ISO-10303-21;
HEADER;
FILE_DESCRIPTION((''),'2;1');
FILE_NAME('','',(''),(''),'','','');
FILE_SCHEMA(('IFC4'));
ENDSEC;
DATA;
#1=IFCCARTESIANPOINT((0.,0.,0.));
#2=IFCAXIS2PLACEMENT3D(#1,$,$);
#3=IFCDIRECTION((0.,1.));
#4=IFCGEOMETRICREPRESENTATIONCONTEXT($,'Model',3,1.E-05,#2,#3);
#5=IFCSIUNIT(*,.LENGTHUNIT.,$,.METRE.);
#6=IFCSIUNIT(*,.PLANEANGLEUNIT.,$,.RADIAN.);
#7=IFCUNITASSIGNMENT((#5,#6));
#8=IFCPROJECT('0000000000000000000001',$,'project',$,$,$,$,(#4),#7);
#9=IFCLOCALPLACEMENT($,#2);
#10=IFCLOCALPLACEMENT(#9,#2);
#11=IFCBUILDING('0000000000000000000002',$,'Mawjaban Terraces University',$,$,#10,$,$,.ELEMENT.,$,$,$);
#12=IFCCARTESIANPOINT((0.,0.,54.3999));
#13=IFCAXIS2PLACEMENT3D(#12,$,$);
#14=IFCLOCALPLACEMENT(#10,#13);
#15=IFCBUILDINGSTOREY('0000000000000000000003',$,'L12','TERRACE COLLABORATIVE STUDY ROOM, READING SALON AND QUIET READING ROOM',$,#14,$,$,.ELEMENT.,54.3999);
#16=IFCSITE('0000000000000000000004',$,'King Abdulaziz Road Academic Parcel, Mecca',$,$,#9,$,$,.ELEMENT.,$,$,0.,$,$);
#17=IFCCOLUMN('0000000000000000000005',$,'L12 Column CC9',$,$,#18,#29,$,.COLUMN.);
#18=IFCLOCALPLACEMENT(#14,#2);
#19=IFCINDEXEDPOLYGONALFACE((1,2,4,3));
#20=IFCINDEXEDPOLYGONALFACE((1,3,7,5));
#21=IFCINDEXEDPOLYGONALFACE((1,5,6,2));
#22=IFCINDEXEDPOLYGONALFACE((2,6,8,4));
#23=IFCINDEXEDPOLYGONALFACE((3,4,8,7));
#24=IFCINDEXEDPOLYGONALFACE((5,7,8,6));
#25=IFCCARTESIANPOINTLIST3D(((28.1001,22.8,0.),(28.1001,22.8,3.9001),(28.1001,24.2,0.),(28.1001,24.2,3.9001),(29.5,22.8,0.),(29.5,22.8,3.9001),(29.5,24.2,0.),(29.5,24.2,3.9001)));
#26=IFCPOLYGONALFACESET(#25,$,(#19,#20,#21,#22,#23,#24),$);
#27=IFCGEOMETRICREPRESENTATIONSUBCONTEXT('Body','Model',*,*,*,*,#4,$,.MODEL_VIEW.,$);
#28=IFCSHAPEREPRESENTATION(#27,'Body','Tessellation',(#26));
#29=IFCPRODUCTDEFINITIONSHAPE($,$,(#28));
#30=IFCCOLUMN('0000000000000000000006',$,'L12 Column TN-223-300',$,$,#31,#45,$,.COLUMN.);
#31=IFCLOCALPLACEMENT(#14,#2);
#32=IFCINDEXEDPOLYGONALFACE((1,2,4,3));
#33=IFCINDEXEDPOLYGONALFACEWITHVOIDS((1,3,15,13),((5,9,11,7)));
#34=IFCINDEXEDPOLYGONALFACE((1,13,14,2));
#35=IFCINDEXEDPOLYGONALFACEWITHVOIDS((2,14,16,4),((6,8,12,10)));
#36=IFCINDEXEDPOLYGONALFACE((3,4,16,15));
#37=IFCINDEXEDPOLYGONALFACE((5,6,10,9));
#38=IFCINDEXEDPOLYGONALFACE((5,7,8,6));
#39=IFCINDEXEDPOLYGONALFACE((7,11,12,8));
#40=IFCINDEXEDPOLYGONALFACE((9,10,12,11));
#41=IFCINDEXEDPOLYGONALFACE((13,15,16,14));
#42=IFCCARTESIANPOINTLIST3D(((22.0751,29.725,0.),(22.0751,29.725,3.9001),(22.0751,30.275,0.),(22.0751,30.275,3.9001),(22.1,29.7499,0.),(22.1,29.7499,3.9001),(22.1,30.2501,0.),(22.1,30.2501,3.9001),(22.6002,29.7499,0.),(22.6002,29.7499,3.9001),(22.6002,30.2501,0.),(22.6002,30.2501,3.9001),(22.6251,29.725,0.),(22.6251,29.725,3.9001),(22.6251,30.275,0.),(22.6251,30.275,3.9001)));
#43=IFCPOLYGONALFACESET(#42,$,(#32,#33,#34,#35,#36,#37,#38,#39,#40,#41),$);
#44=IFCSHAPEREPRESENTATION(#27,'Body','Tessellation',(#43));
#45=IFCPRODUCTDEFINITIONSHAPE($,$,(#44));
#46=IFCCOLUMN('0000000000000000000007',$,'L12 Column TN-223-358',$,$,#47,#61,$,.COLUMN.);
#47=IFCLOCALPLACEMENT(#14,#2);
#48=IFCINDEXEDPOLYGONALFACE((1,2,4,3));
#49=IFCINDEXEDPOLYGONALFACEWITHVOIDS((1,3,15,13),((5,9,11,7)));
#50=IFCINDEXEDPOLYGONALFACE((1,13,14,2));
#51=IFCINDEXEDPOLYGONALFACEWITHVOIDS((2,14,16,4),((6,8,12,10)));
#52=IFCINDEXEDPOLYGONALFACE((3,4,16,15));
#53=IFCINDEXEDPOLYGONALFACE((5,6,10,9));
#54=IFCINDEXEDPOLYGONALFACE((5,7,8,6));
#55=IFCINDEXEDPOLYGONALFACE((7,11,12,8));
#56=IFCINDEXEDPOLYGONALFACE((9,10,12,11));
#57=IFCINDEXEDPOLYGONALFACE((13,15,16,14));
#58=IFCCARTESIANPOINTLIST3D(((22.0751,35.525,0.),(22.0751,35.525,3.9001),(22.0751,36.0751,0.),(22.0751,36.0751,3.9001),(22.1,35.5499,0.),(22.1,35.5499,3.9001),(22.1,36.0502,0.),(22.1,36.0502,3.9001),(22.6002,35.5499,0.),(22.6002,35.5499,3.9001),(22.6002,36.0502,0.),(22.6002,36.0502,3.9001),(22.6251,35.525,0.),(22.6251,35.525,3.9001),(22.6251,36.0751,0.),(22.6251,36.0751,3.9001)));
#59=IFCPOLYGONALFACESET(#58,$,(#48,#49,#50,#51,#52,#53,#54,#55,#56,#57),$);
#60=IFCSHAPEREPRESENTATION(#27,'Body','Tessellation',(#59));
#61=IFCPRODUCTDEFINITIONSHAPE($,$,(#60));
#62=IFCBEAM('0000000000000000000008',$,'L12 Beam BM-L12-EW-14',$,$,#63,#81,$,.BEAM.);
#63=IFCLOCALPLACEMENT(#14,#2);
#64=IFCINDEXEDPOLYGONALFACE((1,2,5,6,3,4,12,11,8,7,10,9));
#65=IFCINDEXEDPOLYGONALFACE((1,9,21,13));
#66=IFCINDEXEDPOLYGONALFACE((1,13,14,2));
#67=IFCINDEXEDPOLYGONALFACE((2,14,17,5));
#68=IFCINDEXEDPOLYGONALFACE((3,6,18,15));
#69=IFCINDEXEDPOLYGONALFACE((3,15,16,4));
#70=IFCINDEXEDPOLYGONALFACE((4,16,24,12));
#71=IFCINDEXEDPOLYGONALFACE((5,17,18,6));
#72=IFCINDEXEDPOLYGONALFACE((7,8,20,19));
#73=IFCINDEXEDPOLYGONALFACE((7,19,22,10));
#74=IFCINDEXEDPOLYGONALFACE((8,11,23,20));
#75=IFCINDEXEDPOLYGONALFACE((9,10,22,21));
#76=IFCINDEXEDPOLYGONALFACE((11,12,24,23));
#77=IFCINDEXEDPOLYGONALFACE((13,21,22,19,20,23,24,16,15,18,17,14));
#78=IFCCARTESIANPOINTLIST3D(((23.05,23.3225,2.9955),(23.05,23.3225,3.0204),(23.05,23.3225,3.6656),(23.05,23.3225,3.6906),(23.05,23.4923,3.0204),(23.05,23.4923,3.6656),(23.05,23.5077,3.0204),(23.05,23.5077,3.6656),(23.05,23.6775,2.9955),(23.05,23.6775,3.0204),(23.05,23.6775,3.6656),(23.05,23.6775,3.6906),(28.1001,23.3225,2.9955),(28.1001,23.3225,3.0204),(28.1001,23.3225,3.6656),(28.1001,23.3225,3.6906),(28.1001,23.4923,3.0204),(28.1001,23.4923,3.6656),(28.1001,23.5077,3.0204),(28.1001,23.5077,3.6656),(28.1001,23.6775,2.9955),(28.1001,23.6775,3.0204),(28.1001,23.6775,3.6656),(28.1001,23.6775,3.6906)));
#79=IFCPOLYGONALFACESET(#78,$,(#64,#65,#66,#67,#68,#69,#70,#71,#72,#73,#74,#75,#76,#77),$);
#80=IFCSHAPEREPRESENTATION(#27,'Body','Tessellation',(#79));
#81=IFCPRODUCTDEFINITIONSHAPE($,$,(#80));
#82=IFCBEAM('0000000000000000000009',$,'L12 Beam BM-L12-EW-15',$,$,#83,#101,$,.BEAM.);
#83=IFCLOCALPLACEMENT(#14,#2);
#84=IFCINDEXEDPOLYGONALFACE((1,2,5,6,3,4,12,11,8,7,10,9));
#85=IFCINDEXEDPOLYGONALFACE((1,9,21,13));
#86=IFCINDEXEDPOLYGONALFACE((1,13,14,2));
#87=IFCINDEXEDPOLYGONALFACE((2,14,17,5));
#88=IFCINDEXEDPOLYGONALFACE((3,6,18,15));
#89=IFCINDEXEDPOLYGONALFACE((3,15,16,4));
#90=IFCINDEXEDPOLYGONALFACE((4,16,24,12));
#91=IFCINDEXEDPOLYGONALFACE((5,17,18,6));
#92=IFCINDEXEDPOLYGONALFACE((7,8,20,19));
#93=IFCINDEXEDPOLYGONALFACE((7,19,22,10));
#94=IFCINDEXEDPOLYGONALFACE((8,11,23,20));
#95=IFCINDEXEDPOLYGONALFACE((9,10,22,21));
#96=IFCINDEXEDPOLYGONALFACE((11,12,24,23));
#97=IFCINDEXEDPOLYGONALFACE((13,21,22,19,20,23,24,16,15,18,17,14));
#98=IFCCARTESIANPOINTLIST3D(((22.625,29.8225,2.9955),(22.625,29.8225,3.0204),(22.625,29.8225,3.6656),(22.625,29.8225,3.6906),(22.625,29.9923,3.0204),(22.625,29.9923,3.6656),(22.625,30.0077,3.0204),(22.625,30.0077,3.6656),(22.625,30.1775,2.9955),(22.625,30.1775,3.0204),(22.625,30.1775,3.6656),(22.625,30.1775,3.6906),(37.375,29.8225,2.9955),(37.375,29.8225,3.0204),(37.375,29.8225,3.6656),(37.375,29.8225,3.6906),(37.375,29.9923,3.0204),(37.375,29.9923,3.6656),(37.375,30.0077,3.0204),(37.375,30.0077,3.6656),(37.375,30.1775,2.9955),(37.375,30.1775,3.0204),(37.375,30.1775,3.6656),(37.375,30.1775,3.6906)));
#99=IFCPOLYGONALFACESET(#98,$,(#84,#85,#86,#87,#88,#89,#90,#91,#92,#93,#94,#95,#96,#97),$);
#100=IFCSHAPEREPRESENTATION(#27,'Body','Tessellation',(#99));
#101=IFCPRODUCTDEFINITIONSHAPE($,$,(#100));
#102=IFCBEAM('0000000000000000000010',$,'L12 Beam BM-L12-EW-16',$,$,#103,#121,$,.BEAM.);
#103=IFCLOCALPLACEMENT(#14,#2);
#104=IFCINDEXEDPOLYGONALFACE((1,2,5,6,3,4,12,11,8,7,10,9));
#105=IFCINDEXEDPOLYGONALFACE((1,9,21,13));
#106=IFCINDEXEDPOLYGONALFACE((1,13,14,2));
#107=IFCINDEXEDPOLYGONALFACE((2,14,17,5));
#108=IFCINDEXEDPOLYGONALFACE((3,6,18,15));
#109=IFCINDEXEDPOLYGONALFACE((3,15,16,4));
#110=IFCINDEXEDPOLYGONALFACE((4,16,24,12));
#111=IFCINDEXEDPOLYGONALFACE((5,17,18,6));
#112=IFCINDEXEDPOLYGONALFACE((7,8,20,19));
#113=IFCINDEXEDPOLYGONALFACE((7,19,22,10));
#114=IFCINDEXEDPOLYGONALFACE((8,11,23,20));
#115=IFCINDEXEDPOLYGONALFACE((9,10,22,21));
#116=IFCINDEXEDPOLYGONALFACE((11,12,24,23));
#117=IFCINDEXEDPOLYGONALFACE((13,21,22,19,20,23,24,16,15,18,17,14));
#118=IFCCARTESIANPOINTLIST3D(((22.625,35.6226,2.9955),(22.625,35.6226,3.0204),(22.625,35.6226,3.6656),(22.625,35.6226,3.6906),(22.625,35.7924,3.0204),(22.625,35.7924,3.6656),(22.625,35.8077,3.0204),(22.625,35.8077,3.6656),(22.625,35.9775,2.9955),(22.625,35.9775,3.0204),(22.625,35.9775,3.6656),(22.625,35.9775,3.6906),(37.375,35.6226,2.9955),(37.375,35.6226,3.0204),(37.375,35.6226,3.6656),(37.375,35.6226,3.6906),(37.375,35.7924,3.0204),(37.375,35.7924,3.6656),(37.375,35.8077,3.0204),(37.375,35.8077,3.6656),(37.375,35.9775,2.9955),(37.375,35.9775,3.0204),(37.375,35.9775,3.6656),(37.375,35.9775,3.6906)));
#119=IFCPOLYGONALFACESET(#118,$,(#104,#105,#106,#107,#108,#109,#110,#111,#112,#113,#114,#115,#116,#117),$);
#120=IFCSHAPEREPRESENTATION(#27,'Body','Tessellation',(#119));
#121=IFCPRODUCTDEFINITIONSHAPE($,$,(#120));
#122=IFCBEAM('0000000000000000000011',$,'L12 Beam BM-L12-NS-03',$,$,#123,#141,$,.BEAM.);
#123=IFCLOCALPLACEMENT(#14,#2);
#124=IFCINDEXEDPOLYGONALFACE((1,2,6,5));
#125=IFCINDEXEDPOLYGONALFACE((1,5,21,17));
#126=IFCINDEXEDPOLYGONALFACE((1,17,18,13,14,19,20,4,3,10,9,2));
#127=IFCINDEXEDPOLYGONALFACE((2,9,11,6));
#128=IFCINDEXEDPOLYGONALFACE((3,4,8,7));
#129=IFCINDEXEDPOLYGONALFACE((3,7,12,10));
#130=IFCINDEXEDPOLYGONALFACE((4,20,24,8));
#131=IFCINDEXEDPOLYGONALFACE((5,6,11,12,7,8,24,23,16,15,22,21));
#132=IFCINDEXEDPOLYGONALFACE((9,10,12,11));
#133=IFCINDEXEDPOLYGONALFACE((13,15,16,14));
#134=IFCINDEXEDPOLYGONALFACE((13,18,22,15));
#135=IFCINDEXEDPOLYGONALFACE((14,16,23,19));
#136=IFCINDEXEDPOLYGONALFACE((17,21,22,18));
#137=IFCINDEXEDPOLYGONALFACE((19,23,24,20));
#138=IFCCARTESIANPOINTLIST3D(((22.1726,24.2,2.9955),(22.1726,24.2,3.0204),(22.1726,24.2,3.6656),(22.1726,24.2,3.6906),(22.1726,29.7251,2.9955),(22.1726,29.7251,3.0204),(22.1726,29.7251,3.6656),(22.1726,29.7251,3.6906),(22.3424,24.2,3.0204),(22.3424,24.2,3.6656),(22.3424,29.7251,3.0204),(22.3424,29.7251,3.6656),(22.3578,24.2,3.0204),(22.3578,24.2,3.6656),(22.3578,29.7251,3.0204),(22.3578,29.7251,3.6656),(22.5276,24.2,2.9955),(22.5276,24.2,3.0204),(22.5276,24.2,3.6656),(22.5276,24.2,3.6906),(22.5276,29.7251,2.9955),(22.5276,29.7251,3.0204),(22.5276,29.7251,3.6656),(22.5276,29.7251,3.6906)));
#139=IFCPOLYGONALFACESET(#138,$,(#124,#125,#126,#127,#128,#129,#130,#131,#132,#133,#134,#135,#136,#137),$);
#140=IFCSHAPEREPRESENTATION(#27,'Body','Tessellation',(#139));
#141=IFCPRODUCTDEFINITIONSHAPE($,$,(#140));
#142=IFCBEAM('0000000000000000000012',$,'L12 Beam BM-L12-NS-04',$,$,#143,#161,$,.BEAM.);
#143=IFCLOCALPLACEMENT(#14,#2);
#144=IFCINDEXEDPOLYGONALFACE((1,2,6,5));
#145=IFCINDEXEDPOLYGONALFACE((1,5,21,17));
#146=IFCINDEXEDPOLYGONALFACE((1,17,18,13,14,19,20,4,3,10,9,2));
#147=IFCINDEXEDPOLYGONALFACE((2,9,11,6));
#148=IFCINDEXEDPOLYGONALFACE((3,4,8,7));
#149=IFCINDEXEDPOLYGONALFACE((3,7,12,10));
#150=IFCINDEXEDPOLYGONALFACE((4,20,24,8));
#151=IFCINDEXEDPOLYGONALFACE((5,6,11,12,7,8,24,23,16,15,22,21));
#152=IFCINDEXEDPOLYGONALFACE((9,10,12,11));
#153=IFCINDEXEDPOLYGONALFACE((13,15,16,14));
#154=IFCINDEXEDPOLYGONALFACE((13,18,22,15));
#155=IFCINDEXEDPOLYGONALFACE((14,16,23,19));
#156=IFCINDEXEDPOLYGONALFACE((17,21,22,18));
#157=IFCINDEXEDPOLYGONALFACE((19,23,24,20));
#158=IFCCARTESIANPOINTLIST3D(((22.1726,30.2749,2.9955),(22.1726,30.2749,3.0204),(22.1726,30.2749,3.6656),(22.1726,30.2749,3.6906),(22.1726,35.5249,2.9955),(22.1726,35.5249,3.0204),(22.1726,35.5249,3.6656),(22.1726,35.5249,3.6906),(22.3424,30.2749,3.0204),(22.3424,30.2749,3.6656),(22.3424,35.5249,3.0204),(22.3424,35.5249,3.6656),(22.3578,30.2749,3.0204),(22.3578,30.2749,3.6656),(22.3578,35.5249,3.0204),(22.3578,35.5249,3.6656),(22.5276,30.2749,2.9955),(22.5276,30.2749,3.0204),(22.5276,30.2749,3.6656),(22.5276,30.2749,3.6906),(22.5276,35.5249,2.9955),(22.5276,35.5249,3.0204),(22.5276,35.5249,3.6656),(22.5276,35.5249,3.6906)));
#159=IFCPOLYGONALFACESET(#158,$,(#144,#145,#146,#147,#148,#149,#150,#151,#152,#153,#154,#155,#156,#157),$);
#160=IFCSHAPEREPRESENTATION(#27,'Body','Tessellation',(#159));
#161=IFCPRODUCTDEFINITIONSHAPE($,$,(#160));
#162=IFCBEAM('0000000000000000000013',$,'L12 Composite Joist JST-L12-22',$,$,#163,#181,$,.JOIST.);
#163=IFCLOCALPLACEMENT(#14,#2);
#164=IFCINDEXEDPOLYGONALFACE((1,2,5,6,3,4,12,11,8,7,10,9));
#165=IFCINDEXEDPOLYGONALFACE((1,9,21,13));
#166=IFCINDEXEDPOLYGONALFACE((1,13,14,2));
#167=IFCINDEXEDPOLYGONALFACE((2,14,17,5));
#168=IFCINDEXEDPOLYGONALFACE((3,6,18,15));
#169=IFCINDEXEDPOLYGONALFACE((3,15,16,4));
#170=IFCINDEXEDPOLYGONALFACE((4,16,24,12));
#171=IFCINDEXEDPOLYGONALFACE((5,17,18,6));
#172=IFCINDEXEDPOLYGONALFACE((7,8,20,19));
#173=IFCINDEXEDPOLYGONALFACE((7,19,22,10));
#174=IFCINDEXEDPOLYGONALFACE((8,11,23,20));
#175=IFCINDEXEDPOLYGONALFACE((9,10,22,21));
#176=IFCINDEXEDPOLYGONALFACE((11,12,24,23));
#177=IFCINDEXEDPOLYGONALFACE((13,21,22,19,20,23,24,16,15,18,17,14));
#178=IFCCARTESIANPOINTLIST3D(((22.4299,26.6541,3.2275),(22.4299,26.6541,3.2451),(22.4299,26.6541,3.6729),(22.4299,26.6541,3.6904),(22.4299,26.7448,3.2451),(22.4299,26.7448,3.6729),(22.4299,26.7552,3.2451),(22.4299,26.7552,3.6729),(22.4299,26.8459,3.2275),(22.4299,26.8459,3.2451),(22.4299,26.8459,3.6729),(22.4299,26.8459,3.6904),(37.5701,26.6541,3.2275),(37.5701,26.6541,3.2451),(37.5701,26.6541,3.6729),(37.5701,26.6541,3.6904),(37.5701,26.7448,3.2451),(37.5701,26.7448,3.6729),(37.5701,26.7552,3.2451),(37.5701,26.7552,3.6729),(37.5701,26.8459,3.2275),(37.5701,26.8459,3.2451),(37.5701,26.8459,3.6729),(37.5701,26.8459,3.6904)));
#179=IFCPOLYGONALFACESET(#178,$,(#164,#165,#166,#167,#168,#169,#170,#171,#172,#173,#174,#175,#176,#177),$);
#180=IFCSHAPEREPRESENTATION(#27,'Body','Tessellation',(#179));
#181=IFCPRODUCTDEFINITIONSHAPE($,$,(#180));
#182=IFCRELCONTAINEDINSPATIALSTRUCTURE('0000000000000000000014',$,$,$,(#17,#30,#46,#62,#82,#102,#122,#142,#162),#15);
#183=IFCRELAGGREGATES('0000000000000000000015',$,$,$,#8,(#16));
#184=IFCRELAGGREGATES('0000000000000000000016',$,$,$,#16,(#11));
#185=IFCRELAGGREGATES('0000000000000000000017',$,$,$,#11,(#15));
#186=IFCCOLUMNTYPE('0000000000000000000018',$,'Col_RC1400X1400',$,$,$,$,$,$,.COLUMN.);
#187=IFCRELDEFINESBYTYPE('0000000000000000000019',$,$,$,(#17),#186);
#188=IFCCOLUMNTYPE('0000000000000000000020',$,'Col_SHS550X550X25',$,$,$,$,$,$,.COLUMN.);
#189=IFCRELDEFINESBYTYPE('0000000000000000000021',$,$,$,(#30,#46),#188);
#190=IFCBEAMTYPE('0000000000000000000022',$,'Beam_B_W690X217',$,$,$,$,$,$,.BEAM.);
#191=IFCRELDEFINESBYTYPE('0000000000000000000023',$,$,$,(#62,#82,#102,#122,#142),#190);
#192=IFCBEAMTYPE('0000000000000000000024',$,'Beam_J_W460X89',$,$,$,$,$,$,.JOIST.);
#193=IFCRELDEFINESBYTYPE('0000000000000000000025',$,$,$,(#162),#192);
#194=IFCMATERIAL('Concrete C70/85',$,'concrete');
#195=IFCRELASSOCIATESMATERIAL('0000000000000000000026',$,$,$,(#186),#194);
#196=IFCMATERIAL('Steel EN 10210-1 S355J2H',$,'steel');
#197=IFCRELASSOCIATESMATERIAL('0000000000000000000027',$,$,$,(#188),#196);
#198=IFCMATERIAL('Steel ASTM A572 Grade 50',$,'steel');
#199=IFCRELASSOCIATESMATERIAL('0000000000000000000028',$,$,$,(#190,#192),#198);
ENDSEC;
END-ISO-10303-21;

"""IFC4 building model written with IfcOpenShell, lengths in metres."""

from ifc_helpers import new_model, si_unit, direction, frame, origin, origin_2d, place, context, subcontext, project, spatial, rectangle, hollow_rectangle, i_section, extrude, material, material_profile, profile_set, type_object, element, save


model = new_model("IFC4")

# Units and contexts
model_context = context("Model", 3, precision=1e-05, world=origin(), true_north=direction((0.0, 1.0)))
body_context = subcontext(model_context, "Body", "Model", "MODEL_VIEW")
ifc_project = project(units=[si_unit("LENGTHUNIT", "METRE"), si_unit("PLANEANGLEUNIT", "RADIAN")], contexts=[model_context])

# Site, building, storey
site_placement = place(None, origin())
site = spatial("IfcSite", under=ifc_project, at=site_placement, Name="King Abdulaziz Road Academic Parcel, Mecca", CompositionType="ELEMENT", RefElevation=0.0)
building_placement = place(site_placement, origin())
building = spatial("IfcBuilding", under=site, at=building_placement, Name="Mawjaban Terraces University", CompositionType="ELEMENT")
storey_placement = place(building_placement, frame((0.0, 0.0, 54.3999)))
storey = spatial("IfcBuildingStorey", under=building, at=storey_placement, Name="L12", Description="TERRACE COLLABORATIVE STUDY ROOM, READING SALON AND QUIET READING ROOM", CompositionType="ELEMENT", Elevation=54.3999)

# Columns
ifc_material_1 = material(Name="Concrete C70/85", Category="concrete")
ifc_material_profile_1 = material_profile(ifc_material_1, rectangle(XDim=1.3999, YDim=1.3999, at=origin_2d()), Name="RC1400X1400")
ifc_profile_set_1 = profile_set([ifc_material_profile_1], Name="Concrete C70/85")
column_type_1 = type_object("IfcColumnType", Name="Col_RC1400X1400", PredefinedType="COLUMN", material=ifc_profile_set_1)
column_placement = place(storey_placement, frame((28.8, 23.5, 0.0), z_axis=(0.0, 0.0, 1.0), x_axis=(1.0, 0.0, 0.0)))
element("IfcColumn", 1, at=column_placement, inside=storey, type_object=column_type_1, Name="L12 Column CC9", PredefinedType="COLUMN", context=body_context, shape_type="SweptSolid", body=[
    extrude(rectangle(XDim=1.3999, YDim=1.3999, at=origin_2d()), origin(), (0.0, 0.0, 1.0), 3.9001),
])
ifc_material_2 = material(Name="Steel EN 10210-1 S355J2H", Category="steel")
ifc_material_profile_2 = material_profile(ifc_material_2, hollow_rectangle(XDim=0.55, YDim=0.55, WallThickness=0.0249, at=origin_2d()), Name="SHS550X550X25")
ifc_profile_set_2 = profile_set([ifc_material_profile_2], Name="Steel EN 10210-1 S355J2H")
column_type_2 = type_object("IfcColumnType", Name="Col_SHS550X550X25", PredefinedType="COLUMN", material=ifc_profile_set_2)
for number, where, z_axis, x_axis, name in (
    (2, (22.3501, 30.0, 0.0), (0.0, 0.0, 1.0), (1.0, 0.0, 0.0), "L12 Column TN-223-300"),
    (3, (22.3501, 35.8, 0.0), (0.0, 0.0, 1.0), (1.0, 0.0, 0.0), "L12 Column TN-223-358"),
):
    element("IfcColumn", number, at=place(storey_placement, frame(where, z_axis=z_axis, x_axis=x_axis)), inside=storey, type_object=column_type_2, Name=name, PredefinedType="COLUMN", context=body_context, shape_type="SweptSolid", body=[
        extrude(hollow_rectangle(XDim=0.55, YDim=0.55, WallThickness=0.0249, at=origin_2d()), origin(), (0.0, 0.0, 1.0), 3.9001),
    ])

# Beams
ifc_material_3 = material(Name="Steel ASTM A572 Grade 50", Category="steel")
ifc_material_profile_3 = material_profile(ifc_material_3, i_section(OverallWidth=0.355, OverallDepth=0.6951, WebThickness=0.0154, FlangeThickness=0.0249, at=origin_2d()), Name="W690X217")
ifc_profile_set_3 = profile_set([ifc_material_profile_3], Name="Steel ASTM A572 Grade 50")
beam_type_1 = type_object("IfcBeamType", Name="Beam_B_W690X217", PredefinedType="BEAM", material=ifc_profile_set_3)
beam_1_placement = place(storey_placement, frame((23.05, 23.5, 3.343), z_axis=(1.0, 0.0, 0.0), x_axis=(0.0, 1.0, 0.0)))
element("IfcBeam", 4, at=beam_1_placement, inside=storey, type_object=beam_type_1, Name="L12 Beam BM-L12-EW-14", PredefinedType="BEAM", context=body_context, shape_type="SweptSolid", body=[
    extrude(i_section(OverallWidth=0.355, OverallDepth=0.6951, WebThickness=0.0154, FlangeThickness=0.0249, at=origin_2d()), origin(), (0.0, 0.0, 1.0), 5.05),
])
for number, where, z_axis, x_axis, name in (
    (5, (22.625, 30.0, 3.343), (1.0, 0.0, 0.0), (0.0, 1.0, 0.0), "L12 Beam BM-L12-EW-15"),
    (6, (22.625, 35.8, 3.343), (1.0, 0.0, 0.0), (0.0, 1.0, 0.0), "L12 Beam BM-L12-EW-16"),
):
    element("IfcBeam", number, at=place(storey_placement, frame(where, z_axis=z_axis, x_axis=x_axis)), inside=storey, type_object=beam_type_1, Name=name, PredefinedType="BEAM", context=body_context, shape_type="SweptSolid", body=[
        extrude(i_section(OverallWidth=0.355, OverallDepth=0.6951, WebThickness=0.0154, FlangeThickness=0.0249, at=origin_2d()), origin(), (0.0, 0.0, 1.0), 14.75),
    ])
beam_2_placement = place(storey_placement, frame((22.3501, 24.2, 3.343), z_axis=(0.0, 1.0, 0.0), x_axis=(-1.0, 0.0, 0.0)))
element("IfcBeam", 7, at=beam_2_placement, inside=storey, type_object=beam_type_1, Name="L12 Beam BM-L12-NS-03", PredefinedType="BEAM", context=body_context, shape_type="SweptSolid", body=[
    extrude(i_section(OverallWidth=0.355, OverallDepth=0.6951, WebThickness=0.0154, FlangeThickness=0.0249, at=origin_2d()), origin(), (0.0, 0.0, 1.0), 5.5251),
])
beam_3_placement = place(storey_placement, frame((22.3501, 30.2749, 3.343), z_axis=(0.0, 1.0, 0.0), x_axis=(-1.0, 0.0, 0.0)))
element("IfcBeam", 8, at=beam_3_placement, inside=storey, type_object=beam_type_1, Name="L12 Beam BM-L12-NS-04", PredefinedType="BEAM", context=body_context, shape_type="SweptSolid", body=[
    extrude(i_section(OverallWidth=0.355, OverallDepth=0.6951, WebThickness=0.0154, FlangeThickness=0.0249, at=origin_2d()), origin(), (0.0, 0.0, 1.0), 5.25),
])
ifc_material_profile_4 = material_profile(ifc_material_3, i_section(OverallWidth=0.1919, OverallDepth=0.4629, WebThickness=0.0105, FlangeThickness=0.0176, at=origin_2d()), Name="W460X89")
ifc_profile_set_4 = profile_set([ifc_material_profile_4], Name="Steel ASTM A572 Grade 50")
beam_type_2 = type_object("IfcBeamType", Name="Beam_J_W460X89", PredefinedType="JOIST", material=ifc_profile_set_4)
for number, where, z_axis, x_axis, name in (
    (9, (22.4299, 26.75, 3.459), (1.0, 0.0, 0.0), (0.0, 1.0, 0.0), "L12 Composite Joist JST-L12-22"),
):
    element("IfcBeam", number, at=place(storey_placement, frame(where, z_axis=z_axis, x_axis=x_axis)), inside=storey, type_object=beam_type_2, Name=name, PredefinedType="JOIST", context=body_context, shape_type="SweptSolid", body=[
        extrude(i_section(OverallWidth=0.1919, OverallDepth=0.4629, WebThickness=0.0105, FlangeThickness=0.0176, at=origin_2d()), origin(), (0.0, 0.0, 1.0), 15.1401),
    ])

save(model, "model.ifc")
